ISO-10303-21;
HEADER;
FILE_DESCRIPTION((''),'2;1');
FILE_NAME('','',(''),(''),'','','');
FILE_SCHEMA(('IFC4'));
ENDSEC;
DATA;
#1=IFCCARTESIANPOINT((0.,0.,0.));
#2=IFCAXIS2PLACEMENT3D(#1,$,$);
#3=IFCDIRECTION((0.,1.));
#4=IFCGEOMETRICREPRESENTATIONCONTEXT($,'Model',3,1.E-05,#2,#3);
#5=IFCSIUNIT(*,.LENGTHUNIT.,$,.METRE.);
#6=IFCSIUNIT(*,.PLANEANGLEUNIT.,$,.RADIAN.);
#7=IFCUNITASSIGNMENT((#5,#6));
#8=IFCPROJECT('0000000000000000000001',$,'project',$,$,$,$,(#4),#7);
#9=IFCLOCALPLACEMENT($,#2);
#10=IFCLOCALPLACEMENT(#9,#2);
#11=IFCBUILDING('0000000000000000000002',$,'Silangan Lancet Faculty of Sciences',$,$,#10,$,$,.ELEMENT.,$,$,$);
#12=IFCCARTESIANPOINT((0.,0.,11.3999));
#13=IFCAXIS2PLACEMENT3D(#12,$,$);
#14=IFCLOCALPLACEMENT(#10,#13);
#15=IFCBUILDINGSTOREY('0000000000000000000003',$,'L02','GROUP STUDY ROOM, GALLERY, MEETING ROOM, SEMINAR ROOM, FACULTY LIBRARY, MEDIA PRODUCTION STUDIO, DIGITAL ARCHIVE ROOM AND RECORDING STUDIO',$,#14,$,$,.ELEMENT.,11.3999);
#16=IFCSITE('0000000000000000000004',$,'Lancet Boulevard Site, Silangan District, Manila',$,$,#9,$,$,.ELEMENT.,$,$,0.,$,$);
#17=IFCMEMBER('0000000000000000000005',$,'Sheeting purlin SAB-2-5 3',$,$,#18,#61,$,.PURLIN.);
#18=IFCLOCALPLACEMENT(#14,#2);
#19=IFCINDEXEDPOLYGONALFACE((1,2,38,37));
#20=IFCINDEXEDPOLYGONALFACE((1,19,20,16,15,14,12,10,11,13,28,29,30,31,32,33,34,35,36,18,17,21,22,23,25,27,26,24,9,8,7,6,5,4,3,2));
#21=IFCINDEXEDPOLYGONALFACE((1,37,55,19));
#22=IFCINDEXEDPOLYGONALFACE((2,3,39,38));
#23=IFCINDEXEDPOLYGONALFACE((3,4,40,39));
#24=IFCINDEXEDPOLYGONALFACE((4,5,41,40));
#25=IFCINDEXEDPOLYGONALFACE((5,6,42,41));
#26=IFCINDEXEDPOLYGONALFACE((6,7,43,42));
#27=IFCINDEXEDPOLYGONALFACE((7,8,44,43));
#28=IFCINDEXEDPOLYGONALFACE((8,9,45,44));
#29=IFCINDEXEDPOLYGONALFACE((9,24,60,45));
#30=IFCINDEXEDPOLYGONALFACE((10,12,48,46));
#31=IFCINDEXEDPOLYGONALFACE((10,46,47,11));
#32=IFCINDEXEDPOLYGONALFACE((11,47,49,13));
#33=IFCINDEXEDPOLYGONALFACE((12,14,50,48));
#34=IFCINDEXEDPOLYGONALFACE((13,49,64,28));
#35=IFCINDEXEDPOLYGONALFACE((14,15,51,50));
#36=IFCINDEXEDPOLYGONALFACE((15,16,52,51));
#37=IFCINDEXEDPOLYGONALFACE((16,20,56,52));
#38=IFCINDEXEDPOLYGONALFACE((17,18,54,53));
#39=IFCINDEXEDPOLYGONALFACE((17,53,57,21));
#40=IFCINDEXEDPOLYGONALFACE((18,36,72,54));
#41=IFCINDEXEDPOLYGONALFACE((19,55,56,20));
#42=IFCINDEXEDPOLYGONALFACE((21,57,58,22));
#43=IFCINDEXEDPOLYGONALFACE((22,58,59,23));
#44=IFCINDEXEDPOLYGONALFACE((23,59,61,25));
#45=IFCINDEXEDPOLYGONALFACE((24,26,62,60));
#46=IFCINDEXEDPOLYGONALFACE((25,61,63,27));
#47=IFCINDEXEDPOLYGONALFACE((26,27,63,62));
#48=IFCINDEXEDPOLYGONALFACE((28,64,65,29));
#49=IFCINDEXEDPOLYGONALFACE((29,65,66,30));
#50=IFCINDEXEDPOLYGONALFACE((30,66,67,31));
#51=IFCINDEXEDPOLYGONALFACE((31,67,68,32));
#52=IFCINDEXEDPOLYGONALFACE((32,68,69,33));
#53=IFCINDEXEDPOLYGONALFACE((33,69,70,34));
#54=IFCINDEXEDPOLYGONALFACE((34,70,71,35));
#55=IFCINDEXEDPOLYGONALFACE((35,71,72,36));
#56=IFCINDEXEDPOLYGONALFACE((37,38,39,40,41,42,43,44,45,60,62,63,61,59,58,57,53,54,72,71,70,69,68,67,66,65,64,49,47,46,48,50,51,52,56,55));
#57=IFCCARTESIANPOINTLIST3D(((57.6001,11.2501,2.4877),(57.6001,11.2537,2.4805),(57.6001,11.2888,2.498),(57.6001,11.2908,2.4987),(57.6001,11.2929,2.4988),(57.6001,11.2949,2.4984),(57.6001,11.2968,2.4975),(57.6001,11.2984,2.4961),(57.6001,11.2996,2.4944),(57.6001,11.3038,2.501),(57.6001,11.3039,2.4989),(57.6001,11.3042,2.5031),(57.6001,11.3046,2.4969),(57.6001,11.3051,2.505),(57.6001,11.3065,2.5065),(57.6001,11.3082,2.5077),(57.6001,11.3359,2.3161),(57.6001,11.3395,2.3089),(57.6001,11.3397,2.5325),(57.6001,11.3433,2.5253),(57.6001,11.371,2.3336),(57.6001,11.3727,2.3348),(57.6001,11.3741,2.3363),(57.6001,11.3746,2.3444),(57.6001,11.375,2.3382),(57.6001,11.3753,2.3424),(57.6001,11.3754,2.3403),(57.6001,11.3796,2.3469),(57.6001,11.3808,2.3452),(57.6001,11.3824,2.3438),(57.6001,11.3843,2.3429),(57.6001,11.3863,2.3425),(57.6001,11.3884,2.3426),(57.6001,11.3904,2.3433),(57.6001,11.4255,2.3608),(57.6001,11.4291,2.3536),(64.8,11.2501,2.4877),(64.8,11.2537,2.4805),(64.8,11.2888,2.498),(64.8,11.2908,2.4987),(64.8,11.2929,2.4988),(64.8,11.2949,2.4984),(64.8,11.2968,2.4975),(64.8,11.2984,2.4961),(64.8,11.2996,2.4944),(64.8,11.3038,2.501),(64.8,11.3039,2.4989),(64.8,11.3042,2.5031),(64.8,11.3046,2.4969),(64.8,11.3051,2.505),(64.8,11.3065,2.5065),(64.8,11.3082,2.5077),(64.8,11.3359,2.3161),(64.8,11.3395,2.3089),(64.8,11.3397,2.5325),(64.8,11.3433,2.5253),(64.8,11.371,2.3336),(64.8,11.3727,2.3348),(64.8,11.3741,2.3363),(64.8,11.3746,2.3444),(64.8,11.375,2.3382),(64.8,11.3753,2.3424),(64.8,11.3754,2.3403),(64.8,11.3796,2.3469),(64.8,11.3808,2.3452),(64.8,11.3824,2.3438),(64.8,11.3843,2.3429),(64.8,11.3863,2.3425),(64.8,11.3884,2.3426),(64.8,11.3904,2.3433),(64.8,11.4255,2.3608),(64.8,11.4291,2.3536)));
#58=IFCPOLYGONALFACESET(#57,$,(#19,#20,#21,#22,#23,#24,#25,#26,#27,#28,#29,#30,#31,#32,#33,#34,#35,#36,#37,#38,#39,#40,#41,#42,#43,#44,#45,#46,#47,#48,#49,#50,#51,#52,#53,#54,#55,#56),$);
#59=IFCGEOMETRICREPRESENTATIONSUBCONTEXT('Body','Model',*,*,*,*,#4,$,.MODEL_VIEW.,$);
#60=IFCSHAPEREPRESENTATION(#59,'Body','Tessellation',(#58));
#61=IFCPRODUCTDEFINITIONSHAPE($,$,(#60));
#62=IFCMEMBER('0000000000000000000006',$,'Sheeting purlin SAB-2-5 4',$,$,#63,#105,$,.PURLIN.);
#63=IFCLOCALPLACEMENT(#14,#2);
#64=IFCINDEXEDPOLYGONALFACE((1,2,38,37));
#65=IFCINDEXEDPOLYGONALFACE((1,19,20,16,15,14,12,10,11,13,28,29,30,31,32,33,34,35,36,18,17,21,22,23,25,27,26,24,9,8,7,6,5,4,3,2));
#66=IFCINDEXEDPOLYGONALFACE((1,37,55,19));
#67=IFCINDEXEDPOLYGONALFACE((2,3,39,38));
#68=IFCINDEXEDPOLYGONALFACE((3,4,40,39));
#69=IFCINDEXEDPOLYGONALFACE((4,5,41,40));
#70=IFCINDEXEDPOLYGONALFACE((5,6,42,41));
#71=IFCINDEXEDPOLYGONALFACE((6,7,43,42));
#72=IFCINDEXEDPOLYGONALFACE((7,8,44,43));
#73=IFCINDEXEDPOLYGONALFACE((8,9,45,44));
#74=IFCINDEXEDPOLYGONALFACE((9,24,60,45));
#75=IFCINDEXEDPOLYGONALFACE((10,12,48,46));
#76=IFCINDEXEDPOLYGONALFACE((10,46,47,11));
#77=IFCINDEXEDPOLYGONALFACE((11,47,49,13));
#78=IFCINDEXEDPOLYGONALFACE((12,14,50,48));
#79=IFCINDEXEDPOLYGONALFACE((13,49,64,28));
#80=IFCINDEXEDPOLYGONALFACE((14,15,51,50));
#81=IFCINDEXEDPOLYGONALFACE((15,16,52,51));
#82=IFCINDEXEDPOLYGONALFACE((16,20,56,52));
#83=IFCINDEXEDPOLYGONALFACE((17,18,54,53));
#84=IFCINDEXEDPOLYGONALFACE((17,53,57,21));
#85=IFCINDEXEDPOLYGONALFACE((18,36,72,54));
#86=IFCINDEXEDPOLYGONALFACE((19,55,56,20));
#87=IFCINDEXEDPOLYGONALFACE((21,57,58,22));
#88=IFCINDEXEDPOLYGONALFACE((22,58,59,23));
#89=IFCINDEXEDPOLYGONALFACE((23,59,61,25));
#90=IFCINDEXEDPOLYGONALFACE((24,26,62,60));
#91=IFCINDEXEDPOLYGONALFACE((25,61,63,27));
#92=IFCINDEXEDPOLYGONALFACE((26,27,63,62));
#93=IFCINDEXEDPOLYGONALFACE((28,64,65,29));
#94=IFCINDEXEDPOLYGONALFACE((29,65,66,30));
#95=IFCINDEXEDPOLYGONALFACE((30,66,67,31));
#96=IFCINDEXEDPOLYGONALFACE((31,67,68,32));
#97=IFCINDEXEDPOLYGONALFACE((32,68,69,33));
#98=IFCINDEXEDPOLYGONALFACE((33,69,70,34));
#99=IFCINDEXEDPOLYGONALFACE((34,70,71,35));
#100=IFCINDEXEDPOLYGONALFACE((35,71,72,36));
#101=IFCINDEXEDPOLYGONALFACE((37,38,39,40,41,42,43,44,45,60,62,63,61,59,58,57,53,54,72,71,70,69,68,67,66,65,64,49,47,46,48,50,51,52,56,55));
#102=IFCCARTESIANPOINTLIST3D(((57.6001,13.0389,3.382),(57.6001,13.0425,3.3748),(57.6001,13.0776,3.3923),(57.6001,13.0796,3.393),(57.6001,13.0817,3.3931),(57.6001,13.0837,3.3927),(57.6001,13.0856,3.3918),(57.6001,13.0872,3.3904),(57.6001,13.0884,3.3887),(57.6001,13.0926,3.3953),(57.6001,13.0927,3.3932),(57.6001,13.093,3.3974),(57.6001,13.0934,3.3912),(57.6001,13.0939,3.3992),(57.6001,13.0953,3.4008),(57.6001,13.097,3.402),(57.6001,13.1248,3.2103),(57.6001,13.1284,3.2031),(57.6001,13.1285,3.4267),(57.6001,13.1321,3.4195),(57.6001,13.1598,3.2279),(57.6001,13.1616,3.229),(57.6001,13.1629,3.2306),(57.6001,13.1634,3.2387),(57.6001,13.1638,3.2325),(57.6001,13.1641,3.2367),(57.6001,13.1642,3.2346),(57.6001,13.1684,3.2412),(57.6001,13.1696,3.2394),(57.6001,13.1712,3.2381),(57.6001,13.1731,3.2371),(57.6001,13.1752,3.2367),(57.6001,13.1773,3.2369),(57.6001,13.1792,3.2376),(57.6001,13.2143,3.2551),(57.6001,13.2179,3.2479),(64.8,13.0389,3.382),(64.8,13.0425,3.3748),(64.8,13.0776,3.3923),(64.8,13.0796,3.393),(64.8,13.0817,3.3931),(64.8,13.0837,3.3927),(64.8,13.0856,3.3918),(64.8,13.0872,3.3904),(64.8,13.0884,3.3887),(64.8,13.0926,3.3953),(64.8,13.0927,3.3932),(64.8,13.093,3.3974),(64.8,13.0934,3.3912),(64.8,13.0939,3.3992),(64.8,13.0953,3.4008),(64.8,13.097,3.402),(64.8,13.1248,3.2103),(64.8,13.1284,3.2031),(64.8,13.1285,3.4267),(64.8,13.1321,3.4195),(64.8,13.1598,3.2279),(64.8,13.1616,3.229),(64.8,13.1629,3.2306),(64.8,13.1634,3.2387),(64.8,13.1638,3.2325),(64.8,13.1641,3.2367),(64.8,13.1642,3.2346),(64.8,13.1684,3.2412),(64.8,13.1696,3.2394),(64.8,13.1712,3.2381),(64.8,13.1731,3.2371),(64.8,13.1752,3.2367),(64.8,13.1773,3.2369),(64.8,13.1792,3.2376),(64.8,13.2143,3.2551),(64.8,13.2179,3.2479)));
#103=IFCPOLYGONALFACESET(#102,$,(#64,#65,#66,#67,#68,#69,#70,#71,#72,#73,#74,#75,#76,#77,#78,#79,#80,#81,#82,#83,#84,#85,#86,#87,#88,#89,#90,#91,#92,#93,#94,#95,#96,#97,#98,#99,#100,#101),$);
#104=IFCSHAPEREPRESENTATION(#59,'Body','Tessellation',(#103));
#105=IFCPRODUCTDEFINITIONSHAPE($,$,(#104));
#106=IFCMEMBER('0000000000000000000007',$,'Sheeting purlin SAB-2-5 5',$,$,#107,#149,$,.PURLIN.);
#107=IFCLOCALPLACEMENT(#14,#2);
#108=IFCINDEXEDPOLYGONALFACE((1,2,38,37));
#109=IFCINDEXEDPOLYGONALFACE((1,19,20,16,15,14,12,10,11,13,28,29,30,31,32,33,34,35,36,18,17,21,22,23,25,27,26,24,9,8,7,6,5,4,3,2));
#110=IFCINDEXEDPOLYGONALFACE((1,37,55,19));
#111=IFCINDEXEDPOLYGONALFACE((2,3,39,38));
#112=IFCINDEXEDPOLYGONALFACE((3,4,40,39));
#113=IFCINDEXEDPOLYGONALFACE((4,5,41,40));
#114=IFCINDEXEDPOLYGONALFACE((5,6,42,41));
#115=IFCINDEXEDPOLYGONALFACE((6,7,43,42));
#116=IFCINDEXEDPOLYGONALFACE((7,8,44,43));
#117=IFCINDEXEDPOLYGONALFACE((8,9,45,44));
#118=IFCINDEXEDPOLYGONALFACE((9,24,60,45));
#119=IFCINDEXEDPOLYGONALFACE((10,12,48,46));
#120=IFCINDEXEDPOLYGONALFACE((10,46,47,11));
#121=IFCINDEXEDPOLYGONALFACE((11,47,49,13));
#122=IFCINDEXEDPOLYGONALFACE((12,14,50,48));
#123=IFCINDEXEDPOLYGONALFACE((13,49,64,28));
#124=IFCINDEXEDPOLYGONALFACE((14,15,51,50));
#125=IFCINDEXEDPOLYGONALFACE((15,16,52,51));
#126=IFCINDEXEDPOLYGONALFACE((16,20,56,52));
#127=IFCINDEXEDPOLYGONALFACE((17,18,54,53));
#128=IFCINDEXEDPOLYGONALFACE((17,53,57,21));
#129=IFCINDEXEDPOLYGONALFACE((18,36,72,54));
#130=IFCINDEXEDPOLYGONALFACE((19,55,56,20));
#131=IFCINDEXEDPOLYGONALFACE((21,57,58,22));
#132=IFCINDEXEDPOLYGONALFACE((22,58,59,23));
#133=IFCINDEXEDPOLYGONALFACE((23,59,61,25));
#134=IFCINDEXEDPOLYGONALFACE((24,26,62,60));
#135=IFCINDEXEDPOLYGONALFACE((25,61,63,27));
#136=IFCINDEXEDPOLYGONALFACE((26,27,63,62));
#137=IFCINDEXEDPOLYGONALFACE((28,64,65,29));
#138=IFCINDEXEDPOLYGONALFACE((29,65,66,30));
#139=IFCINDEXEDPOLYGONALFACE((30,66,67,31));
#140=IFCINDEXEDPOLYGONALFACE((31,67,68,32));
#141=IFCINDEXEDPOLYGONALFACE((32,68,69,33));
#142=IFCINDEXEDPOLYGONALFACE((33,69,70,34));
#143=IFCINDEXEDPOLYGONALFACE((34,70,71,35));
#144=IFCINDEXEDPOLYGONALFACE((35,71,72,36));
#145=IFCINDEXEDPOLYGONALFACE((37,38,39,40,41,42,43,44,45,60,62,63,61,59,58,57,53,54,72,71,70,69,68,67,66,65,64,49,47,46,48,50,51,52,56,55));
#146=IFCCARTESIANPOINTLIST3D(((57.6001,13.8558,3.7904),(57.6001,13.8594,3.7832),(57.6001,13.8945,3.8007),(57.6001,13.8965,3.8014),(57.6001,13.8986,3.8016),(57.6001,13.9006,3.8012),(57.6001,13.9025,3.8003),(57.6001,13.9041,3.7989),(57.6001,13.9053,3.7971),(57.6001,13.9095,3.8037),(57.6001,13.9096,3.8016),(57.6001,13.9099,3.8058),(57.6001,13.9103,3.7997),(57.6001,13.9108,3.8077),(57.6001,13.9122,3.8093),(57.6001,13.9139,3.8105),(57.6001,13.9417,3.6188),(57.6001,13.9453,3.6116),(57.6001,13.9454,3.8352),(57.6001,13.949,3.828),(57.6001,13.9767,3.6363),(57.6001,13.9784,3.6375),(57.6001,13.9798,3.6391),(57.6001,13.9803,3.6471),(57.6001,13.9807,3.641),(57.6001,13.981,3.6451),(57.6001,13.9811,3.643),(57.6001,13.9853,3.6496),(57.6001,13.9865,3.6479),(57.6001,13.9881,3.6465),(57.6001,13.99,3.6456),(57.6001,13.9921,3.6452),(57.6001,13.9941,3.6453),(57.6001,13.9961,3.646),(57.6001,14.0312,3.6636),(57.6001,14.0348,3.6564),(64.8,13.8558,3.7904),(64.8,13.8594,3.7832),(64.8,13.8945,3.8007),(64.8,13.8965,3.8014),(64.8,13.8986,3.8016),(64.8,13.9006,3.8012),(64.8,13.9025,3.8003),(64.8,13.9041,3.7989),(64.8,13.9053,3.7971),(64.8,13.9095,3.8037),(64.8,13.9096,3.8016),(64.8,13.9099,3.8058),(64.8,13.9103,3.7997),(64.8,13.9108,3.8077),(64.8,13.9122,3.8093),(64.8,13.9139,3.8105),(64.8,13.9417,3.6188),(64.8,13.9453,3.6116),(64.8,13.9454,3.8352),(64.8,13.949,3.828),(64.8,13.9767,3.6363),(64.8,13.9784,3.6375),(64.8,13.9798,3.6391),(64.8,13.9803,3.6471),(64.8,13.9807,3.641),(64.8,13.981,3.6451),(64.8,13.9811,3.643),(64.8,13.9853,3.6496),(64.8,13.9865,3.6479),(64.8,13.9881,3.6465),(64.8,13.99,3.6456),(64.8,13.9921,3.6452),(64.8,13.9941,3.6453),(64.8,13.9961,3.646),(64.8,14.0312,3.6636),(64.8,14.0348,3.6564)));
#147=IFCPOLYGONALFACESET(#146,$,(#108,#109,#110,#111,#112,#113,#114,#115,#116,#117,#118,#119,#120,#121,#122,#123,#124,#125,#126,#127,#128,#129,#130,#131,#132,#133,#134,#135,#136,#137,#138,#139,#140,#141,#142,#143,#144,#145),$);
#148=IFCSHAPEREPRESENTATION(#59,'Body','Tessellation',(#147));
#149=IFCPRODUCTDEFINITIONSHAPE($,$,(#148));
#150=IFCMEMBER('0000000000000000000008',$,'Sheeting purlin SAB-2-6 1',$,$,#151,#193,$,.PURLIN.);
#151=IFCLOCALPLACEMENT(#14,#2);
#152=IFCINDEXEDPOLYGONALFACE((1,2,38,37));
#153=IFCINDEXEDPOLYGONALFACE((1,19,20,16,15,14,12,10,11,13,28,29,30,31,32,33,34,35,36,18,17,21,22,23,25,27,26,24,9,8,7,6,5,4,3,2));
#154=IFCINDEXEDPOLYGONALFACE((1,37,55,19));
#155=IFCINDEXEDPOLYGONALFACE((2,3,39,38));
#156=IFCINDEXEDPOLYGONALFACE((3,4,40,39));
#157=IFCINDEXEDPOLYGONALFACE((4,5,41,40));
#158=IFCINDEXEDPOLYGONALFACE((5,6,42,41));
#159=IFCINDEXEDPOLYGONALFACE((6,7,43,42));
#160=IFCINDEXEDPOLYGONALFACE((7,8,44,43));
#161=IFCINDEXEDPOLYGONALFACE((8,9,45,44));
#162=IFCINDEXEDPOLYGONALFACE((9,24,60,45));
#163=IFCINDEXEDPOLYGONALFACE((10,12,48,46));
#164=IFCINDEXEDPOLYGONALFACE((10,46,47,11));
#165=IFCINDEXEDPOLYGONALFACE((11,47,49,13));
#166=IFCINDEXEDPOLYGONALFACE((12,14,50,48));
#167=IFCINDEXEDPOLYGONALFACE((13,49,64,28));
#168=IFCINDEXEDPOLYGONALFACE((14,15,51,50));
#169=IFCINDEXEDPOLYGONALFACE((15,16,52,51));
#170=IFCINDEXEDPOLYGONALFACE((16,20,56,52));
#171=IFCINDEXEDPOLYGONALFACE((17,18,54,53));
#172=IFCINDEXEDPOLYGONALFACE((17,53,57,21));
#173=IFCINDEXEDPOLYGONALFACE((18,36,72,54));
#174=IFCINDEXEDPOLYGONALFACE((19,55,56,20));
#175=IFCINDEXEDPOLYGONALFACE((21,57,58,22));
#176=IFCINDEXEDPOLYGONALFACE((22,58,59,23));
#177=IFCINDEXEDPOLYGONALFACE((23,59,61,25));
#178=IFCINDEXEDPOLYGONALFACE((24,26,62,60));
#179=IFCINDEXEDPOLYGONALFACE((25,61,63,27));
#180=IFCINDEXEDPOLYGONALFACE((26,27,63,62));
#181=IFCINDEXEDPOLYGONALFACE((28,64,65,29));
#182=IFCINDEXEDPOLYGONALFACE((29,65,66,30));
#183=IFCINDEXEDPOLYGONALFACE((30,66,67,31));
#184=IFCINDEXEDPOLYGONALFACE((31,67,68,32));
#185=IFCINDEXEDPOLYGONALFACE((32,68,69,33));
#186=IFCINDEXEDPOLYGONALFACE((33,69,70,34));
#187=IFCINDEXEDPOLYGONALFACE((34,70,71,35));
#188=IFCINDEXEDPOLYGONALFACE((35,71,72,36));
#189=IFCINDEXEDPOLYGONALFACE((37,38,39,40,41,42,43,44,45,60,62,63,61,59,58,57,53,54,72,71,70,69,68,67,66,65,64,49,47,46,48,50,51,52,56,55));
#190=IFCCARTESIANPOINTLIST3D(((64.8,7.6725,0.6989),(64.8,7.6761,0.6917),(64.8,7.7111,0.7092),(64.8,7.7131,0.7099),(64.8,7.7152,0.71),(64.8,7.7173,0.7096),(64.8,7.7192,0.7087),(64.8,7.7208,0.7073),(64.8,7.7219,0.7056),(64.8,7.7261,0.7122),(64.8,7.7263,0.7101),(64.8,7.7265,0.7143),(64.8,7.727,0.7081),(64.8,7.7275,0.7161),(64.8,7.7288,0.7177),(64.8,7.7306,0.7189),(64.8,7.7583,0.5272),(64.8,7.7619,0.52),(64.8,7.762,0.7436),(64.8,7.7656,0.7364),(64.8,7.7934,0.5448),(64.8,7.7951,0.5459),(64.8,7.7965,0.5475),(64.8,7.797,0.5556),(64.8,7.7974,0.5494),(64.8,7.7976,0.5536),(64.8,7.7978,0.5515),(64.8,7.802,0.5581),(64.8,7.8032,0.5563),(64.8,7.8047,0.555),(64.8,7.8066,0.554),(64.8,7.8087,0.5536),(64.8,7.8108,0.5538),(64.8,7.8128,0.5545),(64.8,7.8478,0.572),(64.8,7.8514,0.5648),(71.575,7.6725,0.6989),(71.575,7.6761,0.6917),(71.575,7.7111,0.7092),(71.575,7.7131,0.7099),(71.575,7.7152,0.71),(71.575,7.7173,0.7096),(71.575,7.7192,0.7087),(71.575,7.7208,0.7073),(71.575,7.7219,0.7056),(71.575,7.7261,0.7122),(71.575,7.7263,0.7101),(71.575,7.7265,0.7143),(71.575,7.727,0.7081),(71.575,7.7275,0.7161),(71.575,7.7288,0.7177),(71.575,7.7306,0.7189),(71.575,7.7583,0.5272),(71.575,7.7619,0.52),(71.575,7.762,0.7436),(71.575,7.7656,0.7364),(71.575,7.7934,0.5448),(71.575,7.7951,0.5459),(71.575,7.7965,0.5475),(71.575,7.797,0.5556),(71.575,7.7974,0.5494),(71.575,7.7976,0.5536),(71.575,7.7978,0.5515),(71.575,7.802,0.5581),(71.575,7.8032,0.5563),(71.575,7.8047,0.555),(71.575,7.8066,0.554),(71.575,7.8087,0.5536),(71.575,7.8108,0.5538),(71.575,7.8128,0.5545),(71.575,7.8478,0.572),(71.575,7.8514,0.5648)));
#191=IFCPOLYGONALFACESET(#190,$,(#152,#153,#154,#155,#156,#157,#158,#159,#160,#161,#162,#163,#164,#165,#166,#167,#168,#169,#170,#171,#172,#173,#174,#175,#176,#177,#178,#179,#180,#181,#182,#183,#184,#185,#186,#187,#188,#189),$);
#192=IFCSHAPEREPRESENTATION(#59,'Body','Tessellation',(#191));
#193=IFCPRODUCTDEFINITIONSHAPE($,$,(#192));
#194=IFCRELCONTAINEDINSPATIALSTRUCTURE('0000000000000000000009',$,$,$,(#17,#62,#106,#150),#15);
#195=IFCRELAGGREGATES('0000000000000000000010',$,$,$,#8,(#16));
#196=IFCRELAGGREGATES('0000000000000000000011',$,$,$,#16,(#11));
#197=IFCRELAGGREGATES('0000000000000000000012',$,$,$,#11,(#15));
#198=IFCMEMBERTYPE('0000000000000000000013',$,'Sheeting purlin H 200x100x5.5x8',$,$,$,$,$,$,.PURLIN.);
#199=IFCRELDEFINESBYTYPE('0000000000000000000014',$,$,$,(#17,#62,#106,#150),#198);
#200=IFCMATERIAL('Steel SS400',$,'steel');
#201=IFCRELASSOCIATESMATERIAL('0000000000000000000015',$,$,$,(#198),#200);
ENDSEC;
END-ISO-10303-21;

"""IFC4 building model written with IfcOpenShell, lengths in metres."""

from ifc_helpers import new_model, si_unit, direction, frame, origin, origin_2d, place, context, subcontext, project, spatial, i_section, extrude, material, material_profile, profile_set, type_object, element, save


model = new_model("IFC4")

# Units and contexts
model_context = context("Model", 3, precision=1e-05, world=origin(), true_north=direction((0.0, 1.0)))
body_context = subcontext(model_context, "Body", "Model", "MODEL_VIEW")
ifc_project = project(units=[si_unit("LENGTHUNIT", "METRE"), si_unit("PLANEANGLEUNIT", "RADIAN")], contexts=[model_context])

# Site, building, storey
site_placement = place(None, origin())
site = spatial("IfcSite", under=ifc_project, at=site_placement, Name="Lancet Boulevard Site, Silangan District, Manila", CompositionType="ELEMENT", RefElevation=0.0)
building_placement = place(site_placement, origin())
building = spatial("IfcBuilding", under=site, at=building_placement, Name="Silangan Lancet Faculty of Sciences", CompositionType="ELEMENT")
storey_placement = place(building_placement, frame((0.0, 0.0, 11.3999)))
storey = spatial("IfcBuildingStorey", under=building, at=storey_placement, Name="L02", Description="GROUP STUDY ROOM, GALLERY, MEETING ROOM, SEMINAR ROOM, FACULTY LIBRARY, MEDIA PRODUCTION STUDIO, DIGITAL ARCHIVE ROOM AND RECORDING STUDIO", CompositionType="ELEMENT", Elevation=11.3999)

# Members
ifc_material_1 = material(Name="Steel SS400", Category="steel")
ifc_material_profile_1 = material_profile(ifc_material_1, i_section(OverallWidth=0.1001, OverallDepth=0.2, WebThickness=0.0056, FlangeThickness=0.0081, FilletRadius=0.0081, at=origin_2d()), Name="H 200x100x5.5x8")
ifc_profile_set_1 = profile_set([ifc_material_profile_1], Name="Steel SS400")
member_type_1 = type_object("IfcMemberType", Name="Sheeting purlin H 200x100x5.5x8", PredefinedType="PURLIN", material=ifc_profile_set_1)
for number, where, z_axis, x_axis, name in (
    (1, (57.6001, 11.3396, 2.4207), (1.0, 0.0, 0.0), (0.0, 0.894427, 0.447214), "Sheeting purlin SAB-2-5 3"),
    (2, (57.6001, 13.1284, 3.3149), (1.0, 0.0, 0.0), (0.0, 0.894427, 0.447214), "Sheeting purlin SAB-2-5 4"),
    (3, (57.6001, 13.9453, 3.7234), (1.0, 0.0, 0.0), (0.0, 0.894427, 0.447214), "Sheeting purlin SAB-2-5 5"),
):
    element("IfcMember", number, at=place(storey_placement, frame(where, z_axis=z_axis, x_axis=x_axis)), inside=storey, type_object=member_type_1, Name=name, PredefinedType="PURLIN", context=body_context, shape_type="SweptSolid", body=[
        extrude(i_section(OverallWidth=0.1001, OverallDepth=0.2, WebThickness=0.0056, FlangeThickness=0.0081, FilletRadius=0.0081, at=origin_2d()), origin(), (0.0, 0.0, 1.0), 7.2),
    ])
for number, where, z_axis, x_axis, name in (
    (4, (64.8, 7.762, 0.6318), (1.0, 0.0, 0.0), (0.0, 0.894427, 0.447214), "Sheeting purlin SAB-2-6 1"),
):
    element("IfcMember", number, at=place(storey_placement, frame(where, z_axis=z_axis, x_axis=x_axis)), inside=storey, type_object=member_type_1, Name=name, PredefinedType="PURLIN", context=body_context, shape_type="SweptSolid", body=[
        extrude(i_section(OverallWidth=0.1001, OverallDepth=0.2, WebThickness=0.0056, FlangeThickness=0.0081, FilletRadius=0.0081, at=origin_2d()), origin(), (0.0, 0.0, 1.0), 6.7749),
    ])

save(model, "model.ifc")
